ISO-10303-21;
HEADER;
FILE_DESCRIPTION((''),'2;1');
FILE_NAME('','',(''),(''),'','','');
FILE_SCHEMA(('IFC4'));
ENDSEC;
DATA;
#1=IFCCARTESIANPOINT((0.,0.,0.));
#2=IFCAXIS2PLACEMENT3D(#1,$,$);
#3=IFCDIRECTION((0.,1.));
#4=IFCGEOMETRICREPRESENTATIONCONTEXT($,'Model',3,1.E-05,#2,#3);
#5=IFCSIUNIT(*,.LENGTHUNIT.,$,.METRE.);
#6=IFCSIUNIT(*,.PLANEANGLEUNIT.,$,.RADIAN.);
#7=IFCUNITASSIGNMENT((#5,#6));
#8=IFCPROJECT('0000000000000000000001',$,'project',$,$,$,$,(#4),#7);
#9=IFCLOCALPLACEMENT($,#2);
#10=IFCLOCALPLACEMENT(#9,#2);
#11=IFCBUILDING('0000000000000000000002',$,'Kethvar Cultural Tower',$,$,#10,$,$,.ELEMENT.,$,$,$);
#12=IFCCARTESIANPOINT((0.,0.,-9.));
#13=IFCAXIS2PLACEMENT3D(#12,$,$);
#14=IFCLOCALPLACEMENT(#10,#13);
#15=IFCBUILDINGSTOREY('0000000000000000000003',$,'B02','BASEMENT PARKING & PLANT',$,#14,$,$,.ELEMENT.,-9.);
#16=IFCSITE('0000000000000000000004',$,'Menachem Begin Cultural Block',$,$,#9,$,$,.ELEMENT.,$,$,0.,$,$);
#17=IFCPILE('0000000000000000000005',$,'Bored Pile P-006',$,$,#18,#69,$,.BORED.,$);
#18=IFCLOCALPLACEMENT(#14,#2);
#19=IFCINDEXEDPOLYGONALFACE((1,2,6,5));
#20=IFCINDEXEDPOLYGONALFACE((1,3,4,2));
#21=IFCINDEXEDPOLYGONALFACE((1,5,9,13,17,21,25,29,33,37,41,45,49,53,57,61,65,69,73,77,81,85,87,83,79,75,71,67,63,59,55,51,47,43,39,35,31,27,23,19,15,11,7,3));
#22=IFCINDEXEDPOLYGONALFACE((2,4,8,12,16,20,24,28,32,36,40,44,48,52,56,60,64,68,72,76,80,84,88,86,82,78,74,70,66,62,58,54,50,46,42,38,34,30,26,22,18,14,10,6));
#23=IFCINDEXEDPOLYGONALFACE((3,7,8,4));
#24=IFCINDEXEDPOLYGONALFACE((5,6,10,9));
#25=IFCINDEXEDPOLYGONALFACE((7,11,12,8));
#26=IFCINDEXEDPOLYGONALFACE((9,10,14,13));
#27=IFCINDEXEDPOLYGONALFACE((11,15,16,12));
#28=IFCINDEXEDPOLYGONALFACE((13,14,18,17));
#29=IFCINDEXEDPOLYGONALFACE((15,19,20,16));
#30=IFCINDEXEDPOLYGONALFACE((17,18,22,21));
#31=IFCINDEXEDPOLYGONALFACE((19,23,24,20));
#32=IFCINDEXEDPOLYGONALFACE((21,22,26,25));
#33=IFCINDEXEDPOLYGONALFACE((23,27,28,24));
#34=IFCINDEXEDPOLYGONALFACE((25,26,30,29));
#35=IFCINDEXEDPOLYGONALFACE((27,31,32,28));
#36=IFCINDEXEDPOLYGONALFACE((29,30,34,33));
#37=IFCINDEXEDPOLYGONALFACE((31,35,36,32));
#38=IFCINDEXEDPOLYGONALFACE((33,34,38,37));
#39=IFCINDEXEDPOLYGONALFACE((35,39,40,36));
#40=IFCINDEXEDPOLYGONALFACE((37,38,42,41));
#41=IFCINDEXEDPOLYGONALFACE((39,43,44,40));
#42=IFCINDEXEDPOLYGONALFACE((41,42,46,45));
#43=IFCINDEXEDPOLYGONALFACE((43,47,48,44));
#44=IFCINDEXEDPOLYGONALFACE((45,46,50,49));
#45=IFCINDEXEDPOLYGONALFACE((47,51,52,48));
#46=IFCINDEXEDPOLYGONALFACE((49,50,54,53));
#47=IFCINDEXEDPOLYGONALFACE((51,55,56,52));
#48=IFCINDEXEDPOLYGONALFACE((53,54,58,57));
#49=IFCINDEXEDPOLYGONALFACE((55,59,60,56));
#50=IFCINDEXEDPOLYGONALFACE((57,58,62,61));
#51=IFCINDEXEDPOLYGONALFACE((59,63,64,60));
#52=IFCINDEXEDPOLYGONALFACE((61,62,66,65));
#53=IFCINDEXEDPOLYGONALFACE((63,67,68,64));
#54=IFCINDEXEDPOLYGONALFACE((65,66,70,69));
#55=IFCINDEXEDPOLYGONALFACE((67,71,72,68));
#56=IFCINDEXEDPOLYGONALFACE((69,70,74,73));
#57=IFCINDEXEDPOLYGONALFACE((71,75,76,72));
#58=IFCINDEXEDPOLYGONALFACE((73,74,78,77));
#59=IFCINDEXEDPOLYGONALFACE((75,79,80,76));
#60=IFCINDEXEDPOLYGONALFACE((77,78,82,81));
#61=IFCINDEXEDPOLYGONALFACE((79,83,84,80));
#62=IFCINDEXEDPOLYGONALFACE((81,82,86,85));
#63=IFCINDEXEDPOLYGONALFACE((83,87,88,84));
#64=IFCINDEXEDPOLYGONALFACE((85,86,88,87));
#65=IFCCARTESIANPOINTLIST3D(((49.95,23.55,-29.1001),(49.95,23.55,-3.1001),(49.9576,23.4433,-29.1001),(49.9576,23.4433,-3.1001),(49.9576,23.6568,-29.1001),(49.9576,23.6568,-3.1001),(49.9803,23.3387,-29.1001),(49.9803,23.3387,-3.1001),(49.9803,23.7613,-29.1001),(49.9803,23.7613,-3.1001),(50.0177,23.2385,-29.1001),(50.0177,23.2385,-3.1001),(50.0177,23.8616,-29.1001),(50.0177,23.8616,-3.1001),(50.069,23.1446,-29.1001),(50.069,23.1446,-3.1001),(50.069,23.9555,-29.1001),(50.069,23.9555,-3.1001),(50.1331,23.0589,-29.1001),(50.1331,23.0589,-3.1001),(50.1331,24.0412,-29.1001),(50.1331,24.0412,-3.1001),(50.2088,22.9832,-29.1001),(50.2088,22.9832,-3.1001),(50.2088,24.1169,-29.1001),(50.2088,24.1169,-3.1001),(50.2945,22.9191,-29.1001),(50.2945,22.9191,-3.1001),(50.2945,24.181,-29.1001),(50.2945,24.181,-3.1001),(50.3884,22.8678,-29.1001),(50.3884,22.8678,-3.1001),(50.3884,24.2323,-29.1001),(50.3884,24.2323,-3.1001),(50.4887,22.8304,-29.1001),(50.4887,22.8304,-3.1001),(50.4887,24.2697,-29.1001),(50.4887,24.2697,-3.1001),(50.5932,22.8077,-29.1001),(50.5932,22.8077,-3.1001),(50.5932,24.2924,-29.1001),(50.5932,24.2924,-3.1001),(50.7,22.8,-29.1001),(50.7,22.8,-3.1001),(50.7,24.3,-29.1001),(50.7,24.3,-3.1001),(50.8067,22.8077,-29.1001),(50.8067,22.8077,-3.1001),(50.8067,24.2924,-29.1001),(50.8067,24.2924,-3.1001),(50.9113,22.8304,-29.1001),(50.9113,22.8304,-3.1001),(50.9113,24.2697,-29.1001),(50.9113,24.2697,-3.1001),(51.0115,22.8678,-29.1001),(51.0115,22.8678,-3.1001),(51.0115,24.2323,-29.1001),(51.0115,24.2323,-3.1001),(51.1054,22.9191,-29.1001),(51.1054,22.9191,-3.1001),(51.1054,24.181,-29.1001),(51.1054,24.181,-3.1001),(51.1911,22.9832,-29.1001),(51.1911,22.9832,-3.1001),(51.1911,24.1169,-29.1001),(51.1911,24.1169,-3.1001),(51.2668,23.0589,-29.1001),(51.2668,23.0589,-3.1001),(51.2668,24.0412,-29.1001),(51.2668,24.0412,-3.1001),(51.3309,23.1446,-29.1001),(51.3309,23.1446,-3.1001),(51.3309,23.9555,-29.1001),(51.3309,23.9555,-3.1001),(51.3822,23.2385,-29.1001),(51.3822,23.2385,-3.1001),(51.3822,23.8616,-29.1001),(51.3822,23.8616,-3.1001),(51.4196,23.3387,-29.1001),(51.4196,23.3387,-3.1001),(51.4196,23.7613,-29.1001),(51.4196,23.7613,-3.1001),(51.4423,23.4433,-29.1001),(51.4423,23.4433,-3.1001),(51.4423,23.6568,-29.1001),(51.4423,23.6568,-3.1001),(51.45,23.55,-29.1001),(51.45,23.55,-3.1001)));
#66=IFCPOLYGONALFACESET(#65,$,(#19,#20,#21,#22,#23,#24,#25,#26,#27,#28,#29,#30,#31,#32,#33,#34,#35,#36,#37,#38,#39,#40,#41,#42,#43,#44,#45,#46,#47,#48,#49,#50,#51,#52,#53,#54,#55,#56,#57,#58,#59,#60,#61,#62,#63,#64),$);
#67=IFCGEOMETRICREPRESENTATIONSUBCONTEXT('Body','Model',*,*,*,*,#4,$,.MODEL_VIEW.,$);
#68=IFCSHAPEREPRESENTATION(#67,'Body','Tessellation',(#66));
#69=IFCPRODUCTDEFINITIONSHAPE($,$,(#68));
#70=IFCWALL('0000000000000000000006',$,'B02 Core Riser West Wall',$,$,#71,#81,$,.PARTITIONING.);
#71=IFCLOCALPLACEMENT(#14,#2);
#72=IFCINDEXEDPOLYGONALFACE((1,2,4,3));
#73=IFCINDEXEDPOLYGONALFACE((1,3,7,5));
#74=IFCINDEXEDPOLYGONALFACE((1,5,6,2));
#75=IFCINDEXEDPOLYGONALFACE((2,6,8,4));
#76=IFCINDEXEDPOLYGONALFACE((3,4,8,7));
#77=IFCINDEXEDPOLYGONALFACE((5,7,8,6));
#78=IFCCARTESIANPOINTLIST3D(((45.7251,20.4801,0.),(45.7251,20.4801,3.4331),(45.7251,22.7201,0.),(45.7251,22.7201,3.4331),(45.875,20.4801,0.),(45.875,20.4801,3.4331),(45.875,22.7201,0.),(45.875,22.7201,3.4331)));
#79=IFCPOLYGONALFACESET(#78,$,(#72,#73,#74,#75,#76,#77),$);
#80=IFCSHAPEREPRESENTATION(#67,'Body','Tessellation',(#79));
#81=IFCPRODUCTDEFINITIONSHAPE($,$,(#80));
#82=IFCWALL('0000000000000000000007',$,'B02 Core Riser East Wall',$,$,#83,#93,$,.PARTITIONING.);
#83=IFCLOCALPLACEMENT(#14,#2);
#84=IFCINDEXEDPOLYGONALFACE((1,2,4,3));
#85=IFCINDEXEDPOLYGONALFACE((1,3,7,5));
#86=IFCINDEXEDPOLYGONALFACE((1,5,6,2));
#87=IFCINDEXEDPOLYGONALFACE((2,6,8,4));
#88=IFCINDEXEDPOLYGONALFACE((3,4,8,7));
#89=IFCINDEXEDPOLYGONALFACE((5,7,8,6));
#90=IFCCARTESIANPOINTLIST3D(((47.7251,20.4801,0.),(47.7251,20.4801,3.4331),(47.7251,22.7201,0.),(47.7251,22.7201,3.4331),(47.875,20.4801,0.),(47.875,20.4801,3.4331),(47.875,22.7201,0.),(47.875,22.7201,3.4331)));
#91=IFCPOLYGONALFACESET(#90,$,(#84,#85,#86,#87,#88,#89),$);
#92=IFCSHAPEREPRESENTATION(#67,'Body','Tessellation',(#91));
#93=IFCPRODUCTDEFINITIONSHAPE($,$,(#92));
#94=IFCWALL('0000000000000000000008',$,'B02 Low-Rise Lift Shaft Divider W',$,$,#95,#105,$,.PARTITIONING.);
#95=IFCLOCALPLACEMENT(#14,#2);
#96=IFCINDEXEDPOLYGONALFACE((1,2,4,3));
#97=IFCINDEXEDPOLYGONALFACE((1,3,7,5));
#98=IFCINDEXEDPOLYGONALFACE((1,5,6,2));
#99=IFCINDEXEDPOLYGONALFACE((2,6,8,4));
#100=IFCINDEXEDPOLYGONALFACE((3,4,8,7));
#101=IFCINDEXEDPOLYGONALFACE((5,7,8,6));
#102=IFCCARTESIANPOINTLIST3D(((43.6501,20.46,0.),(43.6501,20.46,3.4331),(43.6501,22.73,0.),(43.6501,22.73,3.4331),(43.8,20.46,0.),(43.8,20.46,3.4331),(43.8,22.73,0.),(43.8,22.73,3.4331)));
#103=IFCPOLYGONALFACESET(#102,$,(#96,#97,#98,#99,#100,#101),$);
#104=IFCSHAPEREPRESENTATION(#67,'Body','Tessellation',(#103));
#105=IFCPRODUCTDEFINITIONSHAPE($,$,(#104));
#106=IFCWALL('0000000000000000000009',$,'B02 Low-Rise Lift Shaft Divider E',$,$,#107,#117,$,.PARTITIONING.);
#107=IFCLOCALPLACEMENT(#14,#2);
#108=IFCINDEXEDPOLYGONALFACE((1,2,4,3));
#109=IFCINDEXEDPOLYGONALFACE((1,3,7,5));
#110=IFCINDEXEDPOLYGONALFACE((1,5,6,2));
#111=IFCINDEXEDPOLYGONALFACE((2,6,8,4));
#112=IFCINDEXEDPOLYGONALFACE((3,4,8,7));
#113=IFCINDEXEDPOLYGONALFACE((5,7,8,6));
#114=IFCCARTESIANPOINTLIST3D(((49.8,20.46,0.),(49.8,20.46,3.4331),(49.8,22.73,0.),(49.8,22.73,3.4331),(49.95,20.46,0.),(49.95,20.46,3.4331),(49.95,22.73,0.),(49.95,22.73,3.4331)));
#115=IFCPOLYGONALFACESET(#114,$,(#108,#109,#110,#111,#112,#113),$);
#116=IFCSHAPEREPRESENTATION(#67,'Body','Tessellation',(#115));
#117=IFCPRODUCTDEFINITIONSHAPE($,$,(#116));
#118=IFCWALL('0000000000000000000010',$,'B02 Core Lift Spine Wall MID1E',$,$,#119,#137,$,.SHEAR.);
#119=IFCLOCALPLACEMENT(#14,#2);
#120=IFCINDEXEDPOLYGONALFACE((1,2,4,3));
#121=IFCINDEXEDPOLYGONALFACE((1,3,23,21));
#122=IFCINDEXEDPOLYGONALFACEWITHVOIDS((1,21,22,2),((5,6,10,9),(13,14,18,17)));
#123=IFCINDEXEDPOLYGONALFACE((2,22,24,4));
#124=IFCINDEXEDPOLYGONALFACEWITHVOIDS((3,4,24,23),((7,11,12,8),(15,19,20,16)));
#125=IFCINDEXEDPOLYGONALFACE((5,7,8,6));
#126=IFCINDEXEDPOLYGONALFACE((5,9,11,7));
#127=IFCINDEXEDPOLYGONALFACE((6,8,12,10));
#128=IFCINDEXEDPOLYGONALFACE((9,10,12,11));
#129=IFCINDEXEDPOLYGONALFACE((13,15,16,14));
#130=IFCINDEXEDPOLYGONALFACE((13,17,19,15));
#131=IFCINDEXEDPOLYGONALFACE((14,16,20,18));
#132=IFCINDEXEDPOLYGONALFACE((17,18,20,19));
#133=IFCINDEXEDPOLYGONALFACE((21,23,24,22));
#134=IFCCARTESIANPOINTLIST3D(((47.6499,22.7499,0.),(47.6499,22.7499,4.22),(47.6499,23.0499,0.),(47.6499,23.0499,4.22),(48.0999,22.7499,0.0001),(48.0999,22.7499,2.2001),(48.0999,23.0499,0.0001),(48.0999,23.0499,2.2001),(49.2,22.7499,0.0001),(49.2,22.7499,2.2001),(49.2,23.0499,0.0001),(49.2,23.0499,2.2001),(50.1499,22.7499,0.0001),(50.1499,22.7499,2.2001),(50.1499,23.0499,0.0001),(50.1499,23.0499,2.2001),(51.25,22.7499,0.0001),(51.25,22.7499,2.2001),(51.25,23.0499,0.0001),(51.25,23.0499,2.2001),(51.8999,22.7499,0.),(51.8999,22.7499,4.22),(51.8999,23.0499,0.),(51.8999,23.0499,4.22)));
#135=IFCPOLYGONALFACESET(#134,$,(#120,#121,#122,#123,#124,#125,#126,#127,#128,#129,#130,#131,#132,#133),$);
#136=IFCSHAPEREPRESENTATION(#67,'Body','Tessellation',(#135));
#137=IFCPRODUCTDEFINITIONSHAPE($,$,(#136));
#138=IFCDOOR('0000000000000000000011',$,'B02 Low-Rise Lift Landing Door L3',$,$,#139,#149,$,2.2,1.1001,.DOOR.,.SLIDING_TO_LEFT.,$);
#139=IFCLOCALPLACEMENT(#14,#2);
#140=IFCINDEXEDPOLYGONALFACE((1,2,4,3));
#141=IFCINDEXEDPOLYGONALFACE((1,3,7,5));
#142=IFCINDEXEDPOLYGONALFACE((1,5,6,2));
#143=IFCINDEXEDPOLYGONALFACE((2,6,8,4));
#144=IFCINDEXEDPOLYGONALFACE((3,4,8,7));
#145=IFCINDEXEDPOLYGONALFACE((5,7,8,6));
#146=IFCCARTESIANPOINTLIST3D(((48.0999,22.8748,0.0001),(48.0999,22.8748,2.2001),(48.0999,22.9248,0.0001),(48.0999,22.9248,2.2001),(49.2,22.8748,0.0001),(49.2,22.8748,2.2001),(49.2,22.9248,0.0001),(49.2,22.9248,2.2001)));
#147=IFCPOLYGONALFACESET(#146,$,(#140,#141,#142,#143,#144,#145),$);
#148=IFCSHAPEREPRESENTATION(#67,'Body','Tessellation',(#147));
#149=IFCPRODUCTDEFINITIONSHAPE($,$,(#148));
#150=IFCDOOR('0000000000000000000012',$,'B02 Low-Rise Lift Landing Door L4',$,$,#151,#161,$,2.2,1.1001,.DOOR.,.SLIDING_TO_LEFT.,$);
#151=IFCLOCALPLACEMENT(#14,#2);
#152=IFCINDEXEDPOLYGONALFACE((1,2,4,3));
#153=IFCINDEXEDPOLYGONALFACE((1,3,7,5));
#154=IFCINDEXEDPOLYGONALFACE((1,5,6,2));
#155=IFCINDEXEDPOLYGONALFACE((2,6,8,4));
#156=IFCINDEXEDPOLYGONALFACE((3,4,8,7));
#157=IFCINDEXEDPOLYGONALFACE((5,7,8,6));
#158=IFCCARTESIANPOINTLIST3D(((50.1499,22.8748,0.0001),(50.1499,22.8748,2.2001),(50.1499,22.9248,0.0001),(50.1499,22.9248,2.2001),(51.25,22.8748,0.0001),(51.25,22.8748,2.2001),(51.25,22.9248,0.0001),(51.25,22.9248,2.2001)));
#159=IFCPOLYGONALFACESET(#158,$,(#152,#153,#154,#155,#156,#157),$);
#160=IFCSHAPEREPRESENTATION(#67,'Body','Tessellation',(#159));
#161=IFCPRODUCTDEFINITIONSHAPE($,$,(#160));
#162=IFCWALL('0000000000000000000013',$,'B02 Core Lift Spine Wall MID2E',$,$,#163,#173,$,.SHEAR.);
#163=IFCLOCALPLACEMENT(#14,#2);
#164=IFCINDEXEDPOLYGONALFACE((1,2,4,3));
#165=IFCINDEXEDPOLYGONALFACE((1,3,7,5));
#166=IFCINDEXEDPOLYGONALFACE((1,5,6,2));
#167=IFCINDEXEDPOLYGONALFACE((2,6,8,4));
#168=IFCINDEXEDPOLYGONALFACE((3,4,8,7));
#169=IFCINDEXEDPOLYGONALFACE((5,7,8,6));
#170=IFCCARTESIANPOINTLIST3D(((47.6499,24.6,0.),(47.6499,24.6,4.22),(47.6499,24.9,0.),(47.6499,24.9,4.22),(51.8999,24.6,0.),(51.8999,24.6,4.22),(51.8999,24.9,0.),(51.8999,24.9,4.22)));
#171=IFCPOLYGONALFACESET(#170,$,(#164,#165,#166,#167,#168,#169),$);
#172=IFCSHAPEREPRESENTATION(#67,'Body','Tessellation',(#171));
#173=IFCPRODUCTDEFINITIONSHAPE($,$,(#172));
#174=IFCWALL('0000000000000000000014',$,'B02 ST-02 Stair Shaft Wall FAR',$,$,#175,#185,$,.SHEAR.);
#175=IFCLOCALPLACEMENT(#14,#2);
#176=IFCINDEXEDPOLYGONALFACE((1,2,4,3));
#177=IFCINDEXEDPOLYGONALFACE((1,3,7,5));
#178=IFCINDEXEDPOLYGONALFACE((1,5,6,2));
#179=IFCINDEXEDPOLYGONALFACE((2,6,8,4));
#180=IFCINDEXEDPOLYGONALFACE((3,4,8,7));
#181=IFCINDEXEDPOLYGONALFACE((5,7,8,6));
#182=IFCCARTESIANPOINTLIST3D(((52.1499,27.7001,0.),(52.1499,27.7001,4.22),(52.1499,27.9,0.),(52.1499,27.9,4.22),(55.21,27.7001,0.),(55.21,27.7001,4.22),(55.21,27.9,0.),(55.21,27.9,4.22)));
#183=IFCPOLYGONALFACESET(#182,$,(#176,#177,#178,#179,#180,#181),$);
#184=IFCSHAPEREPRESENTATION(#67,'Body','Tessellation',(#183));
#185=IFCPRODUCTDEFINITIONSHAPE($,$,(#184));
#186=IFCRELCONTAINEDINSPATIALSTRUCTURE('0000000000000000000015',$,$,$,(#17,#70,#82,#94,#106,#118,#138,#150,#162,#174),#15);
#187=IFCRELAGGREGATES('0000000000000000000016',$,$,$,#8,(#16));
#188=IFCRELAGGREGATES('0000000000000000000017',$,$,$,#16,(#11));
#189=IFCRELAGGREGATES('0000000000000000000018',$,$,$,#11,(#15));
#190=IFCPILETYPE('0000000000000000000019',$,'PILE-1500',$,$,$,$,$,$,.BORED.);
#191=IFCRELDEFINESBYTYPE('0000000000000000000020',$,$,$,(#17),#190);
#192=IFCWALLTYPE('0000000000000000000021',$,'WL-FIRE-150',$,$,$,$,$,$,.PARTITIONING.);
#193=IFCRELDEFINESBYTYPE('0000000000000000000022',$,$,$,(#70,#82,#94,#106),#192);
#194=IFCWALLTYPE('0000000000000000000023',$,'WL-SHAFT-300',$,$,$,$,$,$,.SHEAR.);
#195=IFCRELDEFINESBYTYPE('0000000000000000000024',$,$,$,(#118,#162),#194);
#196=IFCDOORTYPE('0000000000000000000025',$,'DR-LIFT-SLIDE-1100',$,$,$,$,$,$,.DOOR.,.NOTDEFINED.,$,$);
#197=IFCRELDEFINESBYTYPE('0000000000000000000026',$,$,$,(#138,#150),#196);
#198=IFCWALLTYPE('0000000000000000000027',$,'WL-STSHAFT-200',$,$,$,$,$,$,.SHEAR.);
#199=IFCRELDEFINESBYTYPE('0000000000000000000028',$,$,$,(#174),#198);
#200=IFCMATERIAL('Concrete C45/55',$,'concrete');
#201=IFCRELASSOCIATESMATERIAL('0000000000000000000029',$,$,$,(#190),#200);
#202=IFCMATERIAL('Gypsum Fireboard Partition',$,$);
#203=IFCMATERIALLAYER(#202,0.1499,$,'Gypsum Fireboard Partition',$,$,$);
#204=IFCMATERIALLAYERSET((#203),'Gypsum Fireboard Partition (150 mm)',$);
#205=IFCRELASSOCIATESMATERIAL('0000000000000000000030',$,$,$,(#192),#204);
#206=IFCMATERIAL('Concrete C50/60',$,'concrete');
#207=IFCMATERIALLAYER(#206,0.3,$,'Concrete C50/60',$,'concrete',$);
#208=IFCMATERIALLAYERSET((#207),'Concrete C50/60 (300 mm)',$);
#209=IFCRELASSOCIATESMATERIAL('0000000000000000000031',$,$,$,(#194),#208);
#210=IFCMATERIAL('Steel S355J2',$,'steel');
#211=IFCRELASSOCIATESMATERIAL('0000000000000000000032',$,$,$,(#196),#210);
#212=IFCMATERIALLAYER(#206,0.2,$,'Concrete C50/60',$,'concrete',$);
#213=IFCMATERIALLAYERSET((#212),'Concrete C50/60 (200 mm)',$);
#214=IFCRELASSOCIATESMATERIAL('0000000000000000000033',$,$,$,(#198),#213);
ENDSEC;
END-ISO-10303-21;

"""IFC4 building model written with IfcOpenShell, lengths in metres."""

from ifc_helpers import new_model, si_unit, direction, frame, frame_2d, origin, origin_2d, place, context, subcontext, project, spatial, rectangle, circle, extrude, source, transform, mapped, material, layer, layer_set, material_profile, profile_set, type_object, element, fill, save


model = new_model("IFC4")

# Units and contexts
model_context = context("Model", 3, precision=1e-05, world=origin(), true_north=direction((0.0, 1.0)))
body_context = subcontext(model_context, "Body", "Model", "MODEL_VIEW")
ifc_project = project(units=[si_unit("LENGTHUNIT", "METRE"), si_unit("PLANEANGLEUNIT", "RADIAN")], contexts=[model_context])

# Site, building, storey
site_placement = place(None, origin())
site = spatial("IfcSite", under=ifc_project, at=site_placement, Name="Menachem Begin Cultural Block", CompositionType="ELEMENT", RefElevation=0.0)
building_placement = place(site_placement, origin())
building = spatial("IfcBuilding", under=site, at=building_placement, Name="Kethvar Cultural Tower", CompositionType="ELEMENT")
storey_placement = place(building_placement, frame((0.0, 0.0, -9.0)))
storey = spatial("IfcBuildingStorey", under=building, at=storey_placement, Name="B02", Description="BASEMENT PARKING & PLANT", CompositionType="ELEMENT", Elevation=-9.0)

# Pile
ifc_material_1 = material(Name="Concrete C45/55", Category="concrete")
ifc_material_profile = material_profile(ifc_material_1, circle(Radius=0.75, at=origin_2d()), Name="Concrete C45/55 — PILE1500")
ifc_profile_set = profile_set([ifc_material_profile], Name="Concrete C45/55 — PILE1500")
pile_type = type_object("IfcPileType", Name="PILE-1500", PredefinedType="BORED", material=ifc_profile_set)
shared_shape_1 = source(origin(), body_context, "Body", "SweptSolid", [
    extrude(circle(Radius=0.75, at=origin_2d()), origin(), (0.0, 0.0, 1.0), 26.0),
])
for number, where, z_axis, x_axis, name in (
    (1, (50.7, 23.55, -3.1001), (0.0, 0.0, -1.0), (1.0, 0.0, 0.0), "Bored Pile P-006"),
):
    element("IfcPile", number, at=place(storey_placement, frame(where, z_axis=z_axis, x_axis=x_axis)), inside=storey, type_object=pile_type, Name=name, PredefinedType="BORED", context=body_context, shape_type="MappedRepresentation", body=[
        mapped(shared_shape_1, transform((0.0, 0.0, 0.0), scale=1.0)),
    ])

# Shared definitions
ifc_material_2 = material(Name="Gypsum Fireboard Partition")
ifc_layer_1 = layer(ifc_material_2, 0.1499, Name="Gypsum Fireboard Partition")
ifc_layer_set_1 = layer_set([ifc_layer_1], Name="Gypsum Fireboard Partition (150 mm)")
wall_type_1 = type_object("IfcWallType", Name="WL-FIRE-150", PredefinedType="PARTITIONING", material=ifc_layer_set_1)
ifc_material_3 = material(Name="Steel S355J2", Category="steel")

# Walls
for number, where, z_axis, x_axis, name in (
    (2, (45.8, 20.48, 0.0), (0.0, 0.0, 1.0), (0.0, 1.0, 0.0), "B02 Core Riser West Wall"),
    (3, (47.8, 20.48, 0.0), (0.0, 0.0, 1.0), (0.0, 1.0, 0.0), "B02 Core Riser East Wall"),
):
    element("IfcWall", number, at=place(storey_placement, frame(where, z_axis=z_axis, x_axis=x_axis)), inside=storey, type_object=wall_type_1, Name=name, PredefinedType="PARTITIONING", context=body_context, shape_type="SweptSolid", body=[
        extrude(rectangle(XDim=2.24, YDim=0.1499, at=frame_2d((1.1201, 0.0))), origin(), (0.0, 0.0, 1.0), 3.4331),
    ])
for number, where, z_axis, x_axis, name in (
    (4, (43.7251, 20.46, 0.0), (0.0, 0.0, 1.0), (0.0, 1.0, 0.0), "B02 Low-Rise Lift Shaft Divider W"),
    (5, (49.875, 20.46, 0.0), (0.0, 0.0, 1.0), (0.0, 1.0, 0.0), "B02 Low-Rise Lift Shaft Divider E"),
):
    element("IfcWall", number, at=place(storey_placement, frame(where, z_axis=z_axis, x_axis=x_axis)), inside=storey, type_object=wall_type_1, Name=name, PredefinedType="PARTITIONING", context=body_context, shape_type="SweptSolid", body=[
        extrude(rectangle(XDim=2.27, YDim=0.1499, at=frame_2d((1.135, 0.0))), origin(), (0.0, 0.0, 1.0), 3.4331),
    ])

# Wall, openings, doors
ifc_material_4 = material(Name="Concrete C50/60", Category="concrete")
ifc_layer_2 = layer(ifc_material_4, 0.3, Name="Concrete C50/60", Category="concrete")
ifc_layer_set_2 = layer_set([ifc_layer_2], Name="Concrete C50/60 (300 mm)")
wall_type_2 = type_object("IfcWallType", Name="WL-SHAFT-300", PredefinedType="SHEAR", material=ifc_layer_set_2)
wall_1_placement = place(storey_placement, frame((47.6499, 22.8999, 0.0), z_axis=(0.0, 0.0, 1.0), x_axis=(1.0, 0.0, 0.0)))
wall_1 = element("IfcWall", 6, at=wall_1_placement, inside=storey, type_object=wall_type_2, Name="B02 Core Lift Spine Wall MID1E", PredefinedType="SHEAR", context=body_context, shape_type="SweptSolid", body=[
    extrude(rectangle(XDim=4.25, YDim=0.3, at=frame_2d((2.125, 0.0))), origin(), (0.0, 0.0, 1.0), 4.22),
])
opening_1_placement = place(wall_1_placement, frame((0.45, 0.0, 0.0)))
opening_1 = element("IfcOpeningElement", 7, at=opening_1_placement, cuts=wall_1, PredefinedType="OPENING", context=body_context, shape_type="SweptSolid", body=[
    extrude(rectangle(XDim=1.1001, YDim=2.2, at=frame_2d((0.55, 1.1001))), frame((0.0, 0.1599, 0.0), z_axis=(0.0, -1.0, 0.0), x_axis=(1.0, 0.0, 0.0)), (0.0, 0.0, 1.0), 0.3201),
])
opening_2_placement = place(wall_1_placement, frame((2.5, 0.0, 0.0)))
opening_2 = element("IfcOpeningElement", 8, at=opening_2_placement, cuts=wall_1, PredefinedType="OPENING", context=body_context, shape_type="SweptSolid", body=[
    extrude(rectangle(XDim=1.1001, YDim=2.2, at=frame_2d((0.55, 1.1001))), frame((0.0, 0.1599, 0.0), z_axis=(0.0, -1.0, 0.0), x_axis=(1.0, 0.0, 0.0)), (0.0, 0.0, 1.0), 0.3201),
])
door_type_1 = type_object("IfcDoorType", Name="DR-LIFT-SLIDE-1100", OperationType="NOTDEFINED", PredefinedType="DOOR", material=ifc_material_3)
shared_shape_2 = source(origin(), body_context, "Body", "SweptSolid", [
    extrude(rectangle(XDim=1.1001, YDim=2.2, at=frame_2d((0.55, 1.1001))), frame((0.0, 0.0249, 0.0), z_axis=(0.0, -1.0, 0.0), x_axis=(1.0, 0.0, 0.0)), (0.0, 0.0, 1.0), 0.05),
])
door_1_placement = place(opening_1_placement, origin())
door_1 = element("IfcDoor", 9, at=door_1_placement, inside=storey, type_object=door_type_1, Name="B02 Low-Rise Lift Landing Door L3", OperationType="SLIDING_TO_LEFT", OverallHeight=2.2, OverallWidth=1.1001, PredefinedType="DOOR", context=body_context, shape_type="MappedRepresentation", body=[
    mapped(shared_shape_2, transform((0.0, 0.0, 0.0), scale=1.0)),
])
fill(opening_1, door_1)
door_2_placement = place(opening_2_placement, origin())
door_2 = element("IfcDoor", 10, at=door_2_placement, inside=storey, type_object=door_type_1, Name="B02 Low-Rise Lift Landing Door L4", OperationType="SLIDING_TO_LEFT", OverallHeight=2.2, OverallWidth=1.1001, PredefinedType="DOOR", context=body_context, shape_type="MappedRepresentation", body=[
    mapped(shared_shape_2, transform((0.0, 0.0, 0.0), scale=1.0)),
])
fill(opening_2, door_2)

# Walls
wall_2_placement = place(storey_placement, frame((47.6499, 24.75, 0.0), z_axis=(0.0, 0.0, 1.0), x_axis=(1.0, 0.0, 0.0)))
element("IfcWall", 11, at=wall_2_placement, inside=storey, type_object=wall_type_2, Name="B02 Core Lift Spine Wall MID2E", PredefinedType="SHEAR", context=body_context, shape_type="SweptSolid", body=[
    extrude(rectangle(XDim=4.25, YDim=0.3, at=frame_2d((2.125, 0.0))), origin(), (0.0, 0.0, 1.0), 4.22),
])
ifc_layer_3 = layer(ifc_material_4, 0.2, Name="Concrete C50/60", Category="concrete")
ifc_layer_set_3 = layer_set([ifc_layer_3], Name="Concrete C50/60 (200 mm)")
wall_type_3 = type_object("IfcWallType", Name="WL-STSHAFT-200", PredefinedType="SHEAR", material=ifc_layer_set_3)
wall_3_placement = place(storey_placement, frame((52.1499, 27.8, 0.0), z_axis=(0.0, 0.0, 1.0), x_axis=(1.0, 0.0, 0.0)))
element("IfcWall", 12, at=wall_3_placement, inside=storey, type_object=wall_type_3, Name="B02 ST-02 Stair Shaft Wall FAR", PredefinedType="SHEAR", context=body_context, shape_type="SweptSolid", body=[
    extrude(rectangle(XDim=3.0601, YDim=0.2, at=frame_2d((1.53, 0.0))), origin(), (0.0, 0.0, 1.0), 4.22),
])

save(model, "model.ifc")
